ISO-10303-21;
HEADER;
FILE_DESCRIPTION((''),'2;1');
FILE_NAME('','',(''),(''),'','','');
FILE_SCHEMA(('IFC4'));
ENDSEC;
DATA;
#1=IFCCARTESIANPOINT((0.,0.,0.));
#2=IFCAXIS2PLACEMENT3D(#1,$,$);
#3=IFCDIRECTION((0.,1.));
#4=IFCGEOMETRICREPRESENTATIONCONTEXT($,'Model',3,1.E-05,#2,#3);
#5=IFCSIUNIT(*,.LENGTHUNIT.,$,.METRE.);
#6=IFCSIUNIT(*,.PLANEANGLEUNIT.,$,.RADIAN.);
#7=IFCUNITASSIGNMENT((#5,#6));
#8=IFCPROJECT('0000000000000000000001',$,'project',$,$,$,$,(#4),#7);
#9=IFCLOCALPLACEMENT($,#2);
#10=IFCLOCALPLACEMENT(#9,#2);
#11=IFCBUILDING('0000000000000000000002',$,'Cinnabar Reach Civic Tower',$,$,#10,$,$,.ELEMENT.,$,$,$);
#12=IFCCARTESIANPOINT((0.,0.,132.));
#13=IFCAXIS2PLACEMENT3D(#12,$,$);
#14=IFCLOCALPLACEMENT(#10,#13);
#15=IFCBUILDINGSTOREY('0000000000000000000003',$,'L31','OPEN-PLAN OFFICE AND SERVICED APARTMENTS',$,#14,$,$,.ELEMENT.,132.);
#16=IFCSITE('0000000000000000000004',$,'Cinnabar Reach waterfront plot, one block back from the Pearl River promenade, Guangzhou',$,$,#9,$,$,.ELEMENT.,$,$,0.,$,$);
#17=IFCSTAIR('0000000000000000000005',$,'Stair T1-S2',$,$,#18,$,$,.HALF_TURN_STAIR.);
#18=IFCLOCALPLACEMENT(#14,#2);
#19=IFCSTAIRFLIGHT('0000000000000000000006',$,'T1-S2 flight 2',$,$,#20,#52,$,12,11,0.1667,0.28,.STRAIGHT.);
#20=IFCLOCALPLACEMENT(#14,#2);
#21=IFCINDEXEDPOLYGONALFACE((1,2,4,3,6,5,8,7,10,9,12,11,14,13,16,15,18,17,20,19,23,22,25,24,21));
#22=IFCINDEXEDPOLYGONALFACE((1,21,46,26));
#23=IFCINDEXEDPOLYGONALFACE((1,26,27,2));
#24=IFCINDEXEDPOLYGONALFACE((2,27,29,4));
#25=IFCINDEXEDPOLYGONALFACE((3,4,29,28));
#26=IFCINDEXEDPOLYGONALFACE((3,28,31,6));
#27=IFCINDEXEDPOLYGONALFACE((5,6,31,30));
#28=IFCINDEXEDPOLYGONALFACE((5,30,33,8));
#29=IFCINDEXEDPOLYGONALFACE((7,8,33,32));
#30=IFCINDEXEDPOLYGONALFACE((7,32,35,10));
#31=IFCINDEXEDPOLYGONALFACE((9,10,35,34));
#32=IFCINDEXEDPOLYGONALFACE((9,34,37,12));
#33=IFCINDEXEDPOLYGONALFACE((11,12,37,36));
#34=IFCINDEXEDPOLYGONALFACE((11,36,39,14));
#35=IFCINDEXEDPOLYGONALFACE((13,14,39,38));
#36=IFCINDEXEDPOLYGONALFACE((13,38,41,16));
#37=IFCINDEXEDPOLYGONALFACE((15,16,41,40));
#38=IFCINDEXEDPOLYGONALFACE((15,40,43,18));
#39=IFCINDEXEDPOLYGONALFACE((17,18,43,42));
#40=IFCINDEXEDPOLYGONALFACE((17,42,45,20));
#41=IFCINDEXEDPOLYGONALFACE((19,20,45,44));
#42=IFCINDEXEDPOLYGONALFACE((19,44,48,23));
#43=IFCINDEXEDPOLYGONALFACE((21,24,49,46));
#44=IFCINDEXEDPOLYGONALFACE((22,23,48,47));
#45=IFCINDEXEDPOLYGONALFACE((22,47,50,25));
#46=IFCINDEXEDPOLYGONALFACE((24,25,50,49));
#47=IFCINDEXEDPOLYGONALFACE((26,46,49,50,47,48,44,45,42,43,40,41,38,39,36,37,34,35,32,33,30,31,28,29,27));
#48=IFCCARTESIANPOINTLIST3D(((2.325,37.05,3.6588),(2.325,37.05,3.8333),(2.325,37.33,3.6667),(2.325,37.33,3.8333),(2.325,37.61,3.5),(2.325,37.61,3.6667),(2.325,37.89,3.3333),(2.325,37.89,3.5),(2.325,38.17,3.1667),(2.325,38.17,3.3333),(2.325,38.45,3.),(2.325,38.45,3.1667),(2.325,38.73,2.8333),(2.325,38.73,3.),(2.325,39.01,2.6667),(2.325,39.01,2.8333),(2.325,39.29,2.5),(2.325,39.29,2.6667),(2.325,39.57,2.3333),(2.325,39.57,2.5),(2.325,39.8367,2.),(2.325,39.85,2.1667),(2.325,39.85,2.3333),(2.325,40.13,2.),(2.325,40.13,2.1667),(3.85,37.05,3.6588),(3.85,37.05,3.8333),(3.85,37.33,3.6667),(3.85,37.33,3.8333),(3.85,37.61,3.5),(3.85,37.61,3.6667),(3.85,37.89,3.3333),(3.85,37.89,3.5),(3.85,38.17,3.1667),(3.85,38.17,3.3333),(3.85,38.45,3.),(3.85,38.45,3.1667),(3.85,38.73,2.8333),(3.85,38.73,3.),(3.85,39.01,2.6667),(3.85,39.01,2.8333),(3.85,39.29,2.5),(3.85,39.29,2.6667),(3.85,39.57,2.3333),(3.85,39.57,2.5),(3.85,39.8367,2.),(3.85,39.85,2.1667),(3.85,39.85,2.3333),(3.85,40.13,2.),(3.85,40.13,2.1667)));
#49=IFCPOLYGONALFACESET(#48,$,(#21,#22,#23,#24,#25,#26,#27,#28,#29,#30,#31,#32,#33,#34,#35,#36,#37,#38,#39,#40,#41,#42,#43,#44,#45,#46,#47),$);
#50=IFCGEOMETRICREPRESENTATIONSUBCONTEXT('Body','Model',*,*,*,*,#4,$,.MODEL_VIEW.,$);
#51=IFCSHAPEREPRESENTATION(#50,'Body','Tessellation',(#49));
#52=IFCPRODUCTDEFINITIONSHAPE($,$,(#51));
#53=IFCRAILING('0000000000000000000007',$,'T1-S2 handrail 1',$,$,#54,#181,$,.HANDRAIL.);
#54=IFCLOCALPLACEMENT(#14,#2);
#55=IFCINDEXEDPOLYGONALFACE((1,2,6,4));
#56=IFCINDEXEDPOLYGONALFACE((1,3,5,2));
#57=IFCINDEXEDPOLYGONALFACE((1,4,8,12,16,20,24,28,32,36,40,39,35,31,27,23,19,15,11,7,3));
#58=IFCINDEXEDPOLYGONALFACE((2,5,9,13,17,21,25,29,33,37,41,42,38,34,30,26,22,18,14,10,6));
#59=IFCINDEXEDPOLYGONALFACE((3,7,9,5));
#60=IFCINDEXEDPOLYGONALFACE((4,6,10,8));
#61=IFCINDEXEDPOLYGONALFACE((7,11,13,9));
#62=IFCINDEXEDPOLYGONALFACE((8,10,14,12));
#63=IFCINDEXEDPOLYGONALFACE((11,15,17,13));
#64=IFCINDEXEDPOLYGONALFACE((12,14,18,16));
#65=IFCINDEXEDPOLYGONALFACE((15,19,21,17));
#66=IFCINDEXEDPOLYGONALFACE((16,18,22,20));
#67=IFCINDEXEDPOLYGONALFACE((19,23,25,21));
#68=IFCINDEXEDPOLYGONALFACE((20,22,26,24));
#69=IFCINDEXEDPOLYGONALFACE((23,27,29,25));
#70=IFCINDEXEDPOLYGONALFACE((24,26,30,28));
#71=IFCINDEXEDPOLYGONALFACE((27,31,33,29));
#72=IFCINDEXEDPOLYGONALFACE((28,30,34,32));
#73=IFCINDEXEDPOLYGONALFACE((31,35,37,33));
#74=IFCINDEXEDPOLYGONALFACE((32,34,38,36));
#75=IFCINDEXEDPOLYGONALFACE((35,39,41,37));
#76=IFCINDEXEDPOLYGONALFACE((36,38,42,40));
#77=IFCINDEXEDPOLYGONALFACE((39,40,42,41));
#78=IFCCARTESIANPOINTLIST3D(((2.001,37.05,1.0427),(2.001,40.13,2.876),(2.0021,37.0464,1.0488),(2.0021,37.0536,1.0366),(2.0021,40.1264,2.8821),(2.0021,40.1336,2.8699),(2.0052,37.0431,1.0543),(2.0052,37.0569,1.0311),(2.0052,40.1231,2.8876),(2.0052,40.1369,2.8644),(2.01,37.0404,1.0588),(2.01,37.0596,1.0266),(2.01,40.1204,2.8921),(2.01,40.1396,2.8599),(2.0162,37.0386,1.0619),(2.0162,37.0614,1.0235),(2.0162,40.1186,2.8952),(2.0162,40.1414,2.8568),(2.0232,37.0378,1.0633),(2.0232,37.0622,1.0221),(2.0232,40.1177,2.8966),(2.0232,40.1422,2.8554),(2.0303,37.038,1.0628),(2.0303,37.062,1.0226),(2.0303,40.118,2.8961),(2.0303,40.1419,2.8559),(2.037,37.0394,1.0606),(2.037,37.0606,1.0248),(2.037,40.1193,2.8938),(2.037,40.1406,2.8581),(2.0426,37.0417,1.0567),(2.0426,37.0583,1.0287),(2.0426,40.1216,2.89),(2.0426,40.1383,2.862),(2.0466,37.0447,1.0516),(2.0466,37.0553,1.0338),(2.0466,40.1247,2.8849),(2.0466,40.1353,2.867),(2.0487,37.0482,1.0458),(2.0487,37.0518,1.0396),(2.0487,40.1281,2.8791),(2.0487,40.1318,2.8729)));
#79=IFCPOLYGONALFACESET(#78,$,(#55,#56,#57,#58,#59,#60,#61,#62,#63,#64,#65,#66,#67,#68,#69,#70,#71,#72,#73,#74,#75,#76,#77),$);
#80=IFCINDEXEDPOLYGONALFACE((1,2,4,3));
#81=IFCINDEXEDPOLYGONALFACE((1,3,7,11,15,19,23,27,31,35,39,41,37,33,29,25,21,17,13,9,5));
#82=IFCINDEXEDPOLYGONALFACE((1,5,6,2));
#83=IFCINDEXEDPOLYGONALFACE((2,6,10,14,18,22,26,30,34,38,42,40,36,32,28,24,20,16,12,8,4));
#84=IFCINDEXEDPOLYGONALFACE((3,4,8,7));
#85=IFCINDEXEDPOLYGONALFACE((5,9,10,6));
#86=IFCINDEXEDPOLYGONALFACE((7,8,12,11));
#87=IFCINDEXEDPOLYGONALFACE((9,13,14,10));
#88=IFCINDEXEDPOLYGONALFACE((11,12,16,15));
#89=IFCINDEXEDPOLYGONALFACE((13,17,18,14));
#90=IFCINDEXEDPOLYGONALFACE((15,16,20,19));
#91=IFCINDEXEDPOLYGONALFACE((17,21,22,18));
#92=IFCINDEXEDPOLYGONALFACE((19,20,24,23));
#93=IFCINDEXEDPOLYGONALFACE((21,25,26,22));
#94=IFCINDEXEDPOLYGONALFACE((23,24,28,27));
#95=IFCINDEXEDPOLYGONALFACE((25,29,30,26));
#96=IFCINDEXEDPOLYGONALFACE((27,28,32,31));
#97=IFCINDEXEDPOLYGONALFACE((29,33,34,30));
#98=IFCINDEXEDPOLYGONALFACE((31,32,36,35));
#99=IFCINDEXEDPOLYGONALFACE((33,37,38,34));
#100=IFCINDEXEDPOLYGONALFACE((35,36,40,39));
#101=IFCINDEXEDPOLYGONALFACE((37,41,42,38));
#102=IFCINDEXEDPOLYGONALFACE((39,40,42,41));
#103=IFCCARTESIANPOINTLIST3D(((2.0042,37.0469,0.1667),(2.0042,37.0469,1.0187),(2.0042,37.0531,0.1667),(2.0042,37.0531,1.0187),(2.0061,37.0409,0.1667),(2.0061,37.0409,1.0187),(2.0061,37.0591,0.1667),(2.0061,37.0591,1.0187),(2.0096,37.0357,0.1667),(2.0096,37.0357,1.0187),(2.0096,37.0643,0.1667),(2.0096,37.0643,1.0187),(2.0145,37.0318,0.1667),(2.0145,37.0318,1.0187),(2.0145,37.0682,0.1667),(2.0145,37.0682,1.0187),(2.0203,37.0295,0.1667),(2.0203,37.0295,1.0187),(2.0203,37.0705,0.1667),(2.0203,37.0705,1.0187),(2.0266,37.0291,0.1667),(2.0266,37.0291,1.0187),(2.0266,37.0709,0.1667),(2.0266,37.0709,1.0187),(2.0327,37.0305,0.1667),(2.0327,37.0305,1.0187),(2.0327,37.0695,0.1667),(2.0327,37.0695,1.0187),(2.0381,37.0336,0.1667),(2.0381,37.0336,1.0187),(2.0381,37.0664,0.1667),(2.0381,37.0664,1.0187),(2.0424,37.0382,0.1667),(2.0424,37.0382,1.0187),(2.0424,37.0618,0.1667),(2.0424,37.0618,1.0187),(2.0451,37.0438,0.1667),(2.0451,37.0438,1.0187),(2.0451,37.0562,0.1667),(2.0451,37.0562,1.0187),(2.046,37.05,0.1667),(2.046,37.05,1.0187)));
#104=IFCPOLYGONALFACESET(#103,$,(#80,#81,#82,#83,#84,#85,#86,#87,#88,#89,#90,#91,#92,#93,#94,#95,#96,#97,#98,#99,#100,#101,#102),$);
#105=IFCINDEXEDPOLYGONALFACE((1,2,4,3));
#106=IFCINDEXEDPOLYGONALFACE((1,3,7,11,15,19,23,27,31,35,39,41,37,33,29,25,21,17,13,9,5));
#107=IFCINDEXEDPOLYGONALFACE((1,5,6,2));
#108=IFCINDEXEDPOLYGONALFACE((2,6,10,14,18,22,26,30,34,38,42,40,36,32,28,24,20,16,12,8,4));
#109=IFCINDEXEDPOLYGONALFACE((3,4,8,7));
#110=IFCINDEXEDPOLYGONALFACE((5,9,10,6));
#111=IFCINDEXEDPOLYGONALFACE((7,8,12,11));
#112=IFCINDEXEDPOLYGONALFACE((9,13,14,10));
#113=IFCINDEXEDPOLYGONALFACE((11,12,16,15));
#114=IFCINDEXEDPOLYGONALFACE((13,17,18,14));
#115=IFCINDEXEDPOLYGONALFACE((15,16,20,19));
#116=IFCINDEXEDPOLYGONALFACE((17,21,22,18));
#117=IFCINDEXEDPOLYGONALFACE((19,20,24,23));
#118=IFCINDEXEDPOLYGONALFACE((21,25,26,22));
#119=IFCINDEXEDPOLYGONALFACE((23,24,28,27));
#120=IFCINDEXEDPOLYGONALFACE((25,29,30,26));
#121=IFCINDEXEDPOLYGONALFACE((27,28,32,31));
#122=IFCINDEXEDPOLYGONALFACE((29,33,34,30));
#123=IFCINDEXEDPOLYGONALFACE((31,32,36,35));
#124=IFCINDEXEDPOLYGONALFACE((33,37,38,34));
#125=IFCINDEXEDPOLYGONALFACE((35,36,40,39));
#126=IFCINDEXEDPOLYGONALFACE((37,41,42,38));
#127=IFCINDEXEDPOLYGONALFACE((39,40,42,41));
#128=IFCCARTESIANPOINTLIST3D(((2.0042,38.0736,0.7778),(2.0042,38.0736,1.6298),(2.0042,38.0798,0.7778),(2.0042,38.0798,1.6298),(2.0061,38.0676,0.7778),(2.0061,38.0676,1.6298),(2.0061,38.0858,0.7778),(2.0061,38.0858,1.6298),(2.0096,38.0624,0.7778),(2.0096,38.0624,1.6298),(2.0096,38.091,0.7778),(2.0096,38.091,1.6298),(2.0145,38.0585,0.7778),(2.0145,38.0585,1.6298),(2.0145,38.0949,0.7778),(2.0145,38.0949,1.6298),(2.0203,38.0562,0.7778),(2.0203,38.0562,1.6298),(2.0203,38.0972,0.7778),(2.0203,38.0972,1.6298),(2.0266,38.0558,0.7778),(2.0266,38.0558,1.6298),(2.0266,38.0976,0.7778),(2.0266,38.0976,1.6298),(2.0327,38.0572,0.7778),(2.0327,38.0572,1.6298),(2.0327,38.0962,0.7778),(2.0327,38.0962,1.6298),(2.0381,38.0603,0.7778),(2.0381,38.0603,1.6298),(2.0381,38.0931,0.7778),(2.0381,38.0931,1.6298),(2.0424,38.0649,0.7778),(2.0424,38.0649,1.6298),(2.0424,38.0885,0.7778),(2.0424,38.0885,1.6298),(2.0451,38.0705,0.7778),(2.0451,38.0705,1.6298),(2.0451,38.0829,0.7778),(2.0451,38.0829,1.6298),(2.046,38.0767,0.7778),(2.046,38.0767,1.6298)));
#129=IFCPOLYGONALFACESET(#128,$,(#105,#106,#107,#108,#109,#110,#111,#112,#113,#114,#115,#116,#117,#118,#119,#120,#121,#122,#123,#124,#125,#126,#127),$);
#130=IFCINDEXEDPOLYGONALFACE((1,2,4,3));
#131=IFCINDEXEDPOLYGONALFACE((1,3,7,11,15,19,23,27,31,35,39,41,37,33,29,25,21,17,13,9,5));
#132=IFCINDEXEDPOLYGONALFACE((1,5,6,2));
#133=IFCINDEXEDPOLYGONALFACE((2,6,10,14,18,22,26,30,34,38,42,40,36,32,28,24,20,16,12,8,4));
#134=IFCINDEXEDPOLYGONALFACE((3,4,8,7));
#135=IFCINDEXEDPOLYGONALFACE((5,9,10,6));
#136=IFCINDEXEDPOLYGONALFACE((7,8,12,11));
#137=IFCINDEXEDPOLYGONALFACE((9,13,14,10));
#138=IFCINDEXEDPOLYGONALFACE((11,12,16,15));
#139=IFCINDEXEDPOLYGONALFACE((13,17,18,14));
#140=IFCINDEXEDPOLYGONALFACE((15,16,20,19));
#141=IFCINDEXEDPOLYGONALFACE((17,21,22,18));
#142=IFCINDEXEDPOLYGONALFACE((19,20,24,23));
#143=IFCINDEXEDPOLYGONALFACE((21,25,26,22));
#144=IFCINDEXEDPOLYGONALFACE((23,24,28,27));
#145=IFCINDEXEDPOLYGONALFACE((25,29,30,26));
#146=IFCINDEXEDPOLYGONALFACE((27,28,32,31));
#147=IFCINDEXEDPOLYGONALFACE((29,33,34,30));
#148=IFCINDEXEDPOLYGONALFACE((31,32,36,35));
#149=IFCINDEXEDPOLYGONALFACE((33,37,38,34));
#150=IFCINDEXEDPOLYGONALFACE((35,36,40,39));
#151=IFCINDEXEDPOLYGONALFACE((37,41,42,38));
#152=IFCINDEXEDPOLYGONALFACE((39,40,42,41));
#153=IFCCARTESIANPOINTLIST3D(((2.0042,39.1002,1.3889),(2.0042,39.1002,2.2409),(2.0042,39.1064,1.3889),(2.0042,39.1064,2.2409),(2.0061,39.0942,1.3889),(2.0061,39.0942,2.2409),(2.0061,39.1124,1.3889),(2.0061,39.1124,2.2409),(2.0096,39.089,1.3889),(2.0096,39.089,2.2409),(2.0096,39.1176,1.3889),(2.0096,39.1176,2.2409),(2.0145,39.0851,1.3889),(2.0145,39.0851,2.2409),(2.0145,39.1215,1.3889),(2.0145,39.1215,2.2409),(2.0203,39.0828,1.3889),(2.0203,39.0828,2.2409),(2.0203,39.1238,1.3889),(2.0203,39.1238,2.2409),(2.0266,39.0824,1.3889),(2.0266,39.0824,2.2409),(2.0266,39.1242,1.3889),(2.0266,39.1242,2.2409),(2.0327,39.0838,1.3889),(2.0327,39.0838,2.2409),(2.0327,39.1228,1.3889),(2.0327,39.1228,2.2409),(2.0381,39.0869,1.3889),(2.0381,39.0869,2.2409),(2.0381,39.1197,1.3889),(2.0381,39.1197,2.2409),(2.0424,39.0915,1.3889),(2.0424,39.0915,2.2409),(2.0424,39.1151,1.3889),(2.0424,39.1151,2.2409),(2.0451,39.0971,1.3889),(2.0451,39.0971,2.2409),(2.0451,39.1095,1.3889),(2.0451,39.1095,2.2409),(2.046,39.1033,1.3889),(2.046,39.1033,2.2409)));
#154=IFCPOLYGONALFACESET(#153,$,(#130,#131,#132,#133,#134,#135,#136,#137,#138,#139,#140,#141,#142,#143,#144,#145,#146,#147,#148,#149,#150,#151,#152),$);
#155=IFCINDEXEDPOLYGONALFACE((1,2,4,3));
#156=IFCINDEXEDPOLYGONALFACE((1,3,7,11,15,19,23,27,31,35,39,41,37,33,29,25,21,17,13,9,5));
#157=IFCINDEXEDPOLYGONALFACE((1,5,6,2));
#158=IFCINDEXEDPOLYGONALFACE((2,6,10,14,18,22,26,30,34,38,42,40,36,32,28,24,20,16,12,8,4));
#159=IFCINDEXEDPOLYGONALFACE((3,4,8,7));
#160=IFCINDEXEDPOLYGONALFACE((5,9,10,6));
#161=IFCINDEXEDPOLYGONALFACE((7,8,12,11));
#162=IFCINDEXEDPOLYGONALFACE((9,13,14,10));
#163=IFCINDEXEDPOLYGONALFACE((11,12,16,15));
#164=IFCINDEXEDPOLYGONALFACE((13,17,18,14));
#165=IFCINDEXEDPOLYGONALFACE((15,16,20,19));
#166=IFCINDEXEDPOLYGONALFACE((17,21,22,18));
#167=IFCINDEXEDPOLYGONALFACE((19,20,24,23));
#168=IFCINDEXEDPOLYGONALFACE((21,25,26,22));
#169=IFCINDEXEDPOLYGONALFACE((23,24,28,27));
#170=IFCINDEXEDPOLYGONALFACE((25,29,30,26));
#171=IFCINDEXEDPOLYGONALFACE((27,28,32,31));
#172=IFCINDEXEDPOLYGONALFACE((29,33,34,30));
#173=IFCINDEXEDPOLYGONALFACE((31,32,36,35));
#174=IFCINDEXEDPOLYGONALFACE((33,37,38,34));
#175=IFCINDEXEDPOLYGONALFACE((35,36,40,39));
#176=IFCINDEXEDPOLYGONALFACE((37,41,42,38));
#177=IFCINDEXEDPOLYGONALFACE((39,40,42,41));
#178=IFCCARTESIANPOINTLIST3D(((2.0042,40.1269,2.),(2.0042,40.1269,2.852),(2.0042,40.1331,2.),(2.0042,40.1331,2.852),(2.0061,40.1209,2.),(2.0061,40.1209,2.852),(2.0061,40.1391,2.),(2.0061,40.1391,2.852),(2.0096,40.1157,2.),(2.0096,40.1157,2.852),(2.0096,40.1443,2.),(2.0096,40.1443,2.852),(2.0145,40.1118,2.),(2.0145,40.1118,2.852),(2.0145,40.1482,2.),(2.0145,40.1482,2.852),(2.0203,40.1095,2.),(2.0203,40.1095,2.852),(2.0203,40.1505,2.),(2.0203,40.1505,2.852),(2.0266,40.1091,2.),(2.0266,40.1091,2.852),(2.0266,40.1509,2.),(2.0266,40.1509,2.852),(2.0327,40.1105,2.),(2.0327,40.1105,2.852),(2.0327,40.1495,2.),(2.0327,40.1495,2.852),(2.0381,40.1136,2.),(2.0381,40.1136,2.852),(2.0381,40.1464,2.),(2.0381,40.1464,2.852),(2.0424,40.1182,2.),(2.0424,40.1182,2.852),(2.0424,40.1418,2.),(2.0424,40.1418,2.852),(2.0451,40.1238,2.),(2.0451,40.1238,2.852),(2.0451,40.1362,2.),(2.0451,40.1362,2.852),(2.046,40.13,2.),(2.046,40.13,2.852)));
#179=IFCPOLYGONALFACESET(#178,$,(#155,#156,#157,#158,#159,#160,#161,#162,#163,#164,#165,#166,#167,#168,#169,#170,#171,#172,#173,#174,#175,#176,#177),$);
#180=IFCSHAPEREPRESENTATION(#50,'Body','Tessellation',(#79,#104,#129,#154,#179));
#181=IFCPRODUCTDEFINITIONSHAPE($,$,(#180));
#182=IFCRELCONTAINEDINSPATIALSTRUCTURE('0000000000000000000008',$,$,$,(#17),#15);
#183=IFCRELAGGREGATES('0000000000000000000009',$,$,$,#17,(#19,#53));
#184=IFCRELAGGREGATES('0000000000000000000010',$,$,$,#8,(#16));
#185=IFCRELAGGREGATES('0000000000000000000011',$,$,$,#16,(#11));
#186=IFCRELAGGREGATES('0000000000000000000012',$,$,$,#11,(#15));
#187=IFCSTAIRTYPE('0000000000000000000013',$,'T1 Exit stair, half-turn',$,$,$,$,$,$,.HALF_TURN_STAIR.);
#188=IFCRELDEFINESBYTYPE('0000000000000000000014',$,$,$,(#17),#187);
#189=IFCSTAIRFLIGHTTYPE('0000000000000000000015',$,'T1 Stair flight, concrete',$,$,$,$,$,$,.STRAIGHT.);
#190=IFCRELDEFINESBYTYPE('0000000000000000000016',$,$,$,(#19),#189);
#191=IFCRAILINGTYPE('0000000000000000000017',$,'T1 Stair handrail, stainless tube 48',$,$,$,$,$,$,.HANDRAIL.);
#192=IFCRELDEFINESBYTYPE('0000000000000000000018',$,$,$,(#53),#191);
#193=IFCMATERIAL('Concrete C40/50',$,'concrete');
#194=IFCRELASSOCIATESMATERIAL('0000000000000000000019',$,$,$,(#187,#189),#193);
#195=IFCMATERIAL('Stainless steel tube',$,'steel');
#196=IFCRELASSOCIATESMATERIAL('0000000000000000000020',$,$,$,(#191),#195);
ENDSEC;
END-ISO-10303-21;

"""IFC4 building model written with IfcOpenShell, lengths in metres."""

from ifc_helpers import new_model, si_unit, direction, frame, origin, origin_2d, place, context, subcontext, project, spatial, polyline, circle, outline, extrude, material, type_object, element, aggregate, save


model = new_model("IFC4")

# Units and contexts
model_context = context("Model", 3, precision=1e-05, world=origin(), true_north=direction((0.0, 1.0)))
body_context = subcontext(model_context, "Body", "Model", "MODEL_VIEW")
ifc_project = project(units=[si_unit("LENGTHUNIT", "METRE"), si_unit("PLANEANGLEUNIT", "RADIAN")], contexts=[model_context])

# Site, building, storey
site_placement = place(None, origin())
site = spatial("IfcSite", under=ifc_project, at=site_placement, Name="Cinnabar Reach waterfront plot, one block back from the Pearl River promenade, Guangzhou", CompositionType="ELEMENT", RefElevation=0.0)
building_placement = place(site_placement, origin())
building = spatial("IfcBuilding", under=site, at=building_placement, Name="Cinnabar Reach Civic Tower", CompositionType="ELEMENT")
storey_placement = place(building_placement, frame((0.0, 0.0, 132.0)))
storey = spatial("IfcBuildingStorey", under=building, at=storey_placement, Name="L31", Description="OPEN-PLAN OFFICE AND SERVICED APARTMENTS", CompositionType="ELEMENT", Elevation=132.0)

# Stair, stair flight, railing
ifc_material_1 = material(Name="Concrete C40/50", Category="concrete")
stair_type = type_object("IfcStairType", Name="T1 Exit stair, half-turn", PredefinedType="HALF_TURN_STAIR", material=ifc_material_1)
stair_placement = place(storey_placement, origin())
stair = element("IfcStair", 1, at=stair_placement, inside=storey, type_object=stair_type, Name="Stair T1-S2", PredefinedType="HALF_TURN_STAIR")
stair_flight_type = type_object("IfcStairFlightType", Name="T1 Stair flight, concrete", PredefinedType="STRAIGHT", material=ifc_material_1)
stair_flight_1_placement = place(storey_placement, frame((3.0875, 40.13, 2.0), z_axis=(0.0, 0.0, 1.0), x_axis=(0.0, -1.0, 0.0)))
stair_flight_1 = element("IfcStairFlight", 2, at=stair_flight_1_placement, type_object=stair_flight_type, Name="T1-S2 flight 2", NumberOfRisers=12, NumberOfTreads=11, PredefinedType="STRAIGHT", RiserHeight=0.1667, TreadLength=0.28, context=body_context, shape_type="SweptSolid", body=[
    extrude(outline(polyline([(0.0, 0.0), (0.0, 0.1667), (0.28, 0.1667), (0.28, 0.3333), (0.56, 0.3333), (0.56, 0.5), (0.84, 0.5), (0.84, 0.6667), (1.12, 0.6667), (1.12, 0.8333), (1.4, 0.8333), (1.4, 1.0), (1.68, 1.0), (1.68, 1.1667), (1.96, 1.1667), (1.96, 1.3333), (2.24, 1.3333), (2.24, 1.5), (2.52, 1.5), (2.52, 1.6667), (2.8, 1.6667), (2.8, 1.8333), (3.08, 1.8333), (3.08, 2.0), (3.08, 1.6588), (0.2933, 0.0), (0.0, 0.0)])), frame((0.0, 0.7625, 0.0), z_axis=(0.0, -1.0, 0.0), x_axis=(1.0, 0.0, 0.0)), (0.0, 0.0, 1.0), 1.525),
])
ifc_material_2 = material(Name="Stainless steel tube", Category="steel")
railing_type = type_object("IfcRailingType", Name="T1 Stair handrail, stainless tube 48", PredefinedType="HANDRAIL", material=ifc_material_2)
railing_1_placement = place(storey_placement, frame((2.025, 37.05, 0.1667)))
railing_1 = element("IfcRailing", 3, at=railing_1_placement, type_object=railing_type, Name="T1-S2 handrail 1", PredefinedType="HANDRAIL", context=body_context, shape_type="SweptSolid", body=[
    extrude(circle(Radius=0.024, at=origin_2d()), frame((0.0, 0.0, 0.876), z_axis=(0.0, 0.859297, 0.511477), x_axis=(-1.0, 0.0, 0.0)), (0.0, 0.0, 1.0), 3.5843),
    extrude(circle(Radius=0.021, at=origin_2d()), origin(), (0.0, 0.0, 1.0), 0.852),
    extrude(circle(Radius=0.021, at=origin_2d()), frame((0.0, 1.0267, 0.6111)), (0.0, 0.0, 1.0), 0.852),
    extrude(circle(Radius=0.021, at=origin_2d()), frame((0.0, 2.0533, 1.2222)), (0.0, 0.0, 1.0), 0.852),
    extrude(circle(Radius=0.021, at=origin_2d()), frame((0.0, 3.08, 1.8333)), (0.0, 0.0, 1.0), 0.852),
])
aggregate(stair, [stair_flight_1, railing_1])

save(model, "model.ifc")
